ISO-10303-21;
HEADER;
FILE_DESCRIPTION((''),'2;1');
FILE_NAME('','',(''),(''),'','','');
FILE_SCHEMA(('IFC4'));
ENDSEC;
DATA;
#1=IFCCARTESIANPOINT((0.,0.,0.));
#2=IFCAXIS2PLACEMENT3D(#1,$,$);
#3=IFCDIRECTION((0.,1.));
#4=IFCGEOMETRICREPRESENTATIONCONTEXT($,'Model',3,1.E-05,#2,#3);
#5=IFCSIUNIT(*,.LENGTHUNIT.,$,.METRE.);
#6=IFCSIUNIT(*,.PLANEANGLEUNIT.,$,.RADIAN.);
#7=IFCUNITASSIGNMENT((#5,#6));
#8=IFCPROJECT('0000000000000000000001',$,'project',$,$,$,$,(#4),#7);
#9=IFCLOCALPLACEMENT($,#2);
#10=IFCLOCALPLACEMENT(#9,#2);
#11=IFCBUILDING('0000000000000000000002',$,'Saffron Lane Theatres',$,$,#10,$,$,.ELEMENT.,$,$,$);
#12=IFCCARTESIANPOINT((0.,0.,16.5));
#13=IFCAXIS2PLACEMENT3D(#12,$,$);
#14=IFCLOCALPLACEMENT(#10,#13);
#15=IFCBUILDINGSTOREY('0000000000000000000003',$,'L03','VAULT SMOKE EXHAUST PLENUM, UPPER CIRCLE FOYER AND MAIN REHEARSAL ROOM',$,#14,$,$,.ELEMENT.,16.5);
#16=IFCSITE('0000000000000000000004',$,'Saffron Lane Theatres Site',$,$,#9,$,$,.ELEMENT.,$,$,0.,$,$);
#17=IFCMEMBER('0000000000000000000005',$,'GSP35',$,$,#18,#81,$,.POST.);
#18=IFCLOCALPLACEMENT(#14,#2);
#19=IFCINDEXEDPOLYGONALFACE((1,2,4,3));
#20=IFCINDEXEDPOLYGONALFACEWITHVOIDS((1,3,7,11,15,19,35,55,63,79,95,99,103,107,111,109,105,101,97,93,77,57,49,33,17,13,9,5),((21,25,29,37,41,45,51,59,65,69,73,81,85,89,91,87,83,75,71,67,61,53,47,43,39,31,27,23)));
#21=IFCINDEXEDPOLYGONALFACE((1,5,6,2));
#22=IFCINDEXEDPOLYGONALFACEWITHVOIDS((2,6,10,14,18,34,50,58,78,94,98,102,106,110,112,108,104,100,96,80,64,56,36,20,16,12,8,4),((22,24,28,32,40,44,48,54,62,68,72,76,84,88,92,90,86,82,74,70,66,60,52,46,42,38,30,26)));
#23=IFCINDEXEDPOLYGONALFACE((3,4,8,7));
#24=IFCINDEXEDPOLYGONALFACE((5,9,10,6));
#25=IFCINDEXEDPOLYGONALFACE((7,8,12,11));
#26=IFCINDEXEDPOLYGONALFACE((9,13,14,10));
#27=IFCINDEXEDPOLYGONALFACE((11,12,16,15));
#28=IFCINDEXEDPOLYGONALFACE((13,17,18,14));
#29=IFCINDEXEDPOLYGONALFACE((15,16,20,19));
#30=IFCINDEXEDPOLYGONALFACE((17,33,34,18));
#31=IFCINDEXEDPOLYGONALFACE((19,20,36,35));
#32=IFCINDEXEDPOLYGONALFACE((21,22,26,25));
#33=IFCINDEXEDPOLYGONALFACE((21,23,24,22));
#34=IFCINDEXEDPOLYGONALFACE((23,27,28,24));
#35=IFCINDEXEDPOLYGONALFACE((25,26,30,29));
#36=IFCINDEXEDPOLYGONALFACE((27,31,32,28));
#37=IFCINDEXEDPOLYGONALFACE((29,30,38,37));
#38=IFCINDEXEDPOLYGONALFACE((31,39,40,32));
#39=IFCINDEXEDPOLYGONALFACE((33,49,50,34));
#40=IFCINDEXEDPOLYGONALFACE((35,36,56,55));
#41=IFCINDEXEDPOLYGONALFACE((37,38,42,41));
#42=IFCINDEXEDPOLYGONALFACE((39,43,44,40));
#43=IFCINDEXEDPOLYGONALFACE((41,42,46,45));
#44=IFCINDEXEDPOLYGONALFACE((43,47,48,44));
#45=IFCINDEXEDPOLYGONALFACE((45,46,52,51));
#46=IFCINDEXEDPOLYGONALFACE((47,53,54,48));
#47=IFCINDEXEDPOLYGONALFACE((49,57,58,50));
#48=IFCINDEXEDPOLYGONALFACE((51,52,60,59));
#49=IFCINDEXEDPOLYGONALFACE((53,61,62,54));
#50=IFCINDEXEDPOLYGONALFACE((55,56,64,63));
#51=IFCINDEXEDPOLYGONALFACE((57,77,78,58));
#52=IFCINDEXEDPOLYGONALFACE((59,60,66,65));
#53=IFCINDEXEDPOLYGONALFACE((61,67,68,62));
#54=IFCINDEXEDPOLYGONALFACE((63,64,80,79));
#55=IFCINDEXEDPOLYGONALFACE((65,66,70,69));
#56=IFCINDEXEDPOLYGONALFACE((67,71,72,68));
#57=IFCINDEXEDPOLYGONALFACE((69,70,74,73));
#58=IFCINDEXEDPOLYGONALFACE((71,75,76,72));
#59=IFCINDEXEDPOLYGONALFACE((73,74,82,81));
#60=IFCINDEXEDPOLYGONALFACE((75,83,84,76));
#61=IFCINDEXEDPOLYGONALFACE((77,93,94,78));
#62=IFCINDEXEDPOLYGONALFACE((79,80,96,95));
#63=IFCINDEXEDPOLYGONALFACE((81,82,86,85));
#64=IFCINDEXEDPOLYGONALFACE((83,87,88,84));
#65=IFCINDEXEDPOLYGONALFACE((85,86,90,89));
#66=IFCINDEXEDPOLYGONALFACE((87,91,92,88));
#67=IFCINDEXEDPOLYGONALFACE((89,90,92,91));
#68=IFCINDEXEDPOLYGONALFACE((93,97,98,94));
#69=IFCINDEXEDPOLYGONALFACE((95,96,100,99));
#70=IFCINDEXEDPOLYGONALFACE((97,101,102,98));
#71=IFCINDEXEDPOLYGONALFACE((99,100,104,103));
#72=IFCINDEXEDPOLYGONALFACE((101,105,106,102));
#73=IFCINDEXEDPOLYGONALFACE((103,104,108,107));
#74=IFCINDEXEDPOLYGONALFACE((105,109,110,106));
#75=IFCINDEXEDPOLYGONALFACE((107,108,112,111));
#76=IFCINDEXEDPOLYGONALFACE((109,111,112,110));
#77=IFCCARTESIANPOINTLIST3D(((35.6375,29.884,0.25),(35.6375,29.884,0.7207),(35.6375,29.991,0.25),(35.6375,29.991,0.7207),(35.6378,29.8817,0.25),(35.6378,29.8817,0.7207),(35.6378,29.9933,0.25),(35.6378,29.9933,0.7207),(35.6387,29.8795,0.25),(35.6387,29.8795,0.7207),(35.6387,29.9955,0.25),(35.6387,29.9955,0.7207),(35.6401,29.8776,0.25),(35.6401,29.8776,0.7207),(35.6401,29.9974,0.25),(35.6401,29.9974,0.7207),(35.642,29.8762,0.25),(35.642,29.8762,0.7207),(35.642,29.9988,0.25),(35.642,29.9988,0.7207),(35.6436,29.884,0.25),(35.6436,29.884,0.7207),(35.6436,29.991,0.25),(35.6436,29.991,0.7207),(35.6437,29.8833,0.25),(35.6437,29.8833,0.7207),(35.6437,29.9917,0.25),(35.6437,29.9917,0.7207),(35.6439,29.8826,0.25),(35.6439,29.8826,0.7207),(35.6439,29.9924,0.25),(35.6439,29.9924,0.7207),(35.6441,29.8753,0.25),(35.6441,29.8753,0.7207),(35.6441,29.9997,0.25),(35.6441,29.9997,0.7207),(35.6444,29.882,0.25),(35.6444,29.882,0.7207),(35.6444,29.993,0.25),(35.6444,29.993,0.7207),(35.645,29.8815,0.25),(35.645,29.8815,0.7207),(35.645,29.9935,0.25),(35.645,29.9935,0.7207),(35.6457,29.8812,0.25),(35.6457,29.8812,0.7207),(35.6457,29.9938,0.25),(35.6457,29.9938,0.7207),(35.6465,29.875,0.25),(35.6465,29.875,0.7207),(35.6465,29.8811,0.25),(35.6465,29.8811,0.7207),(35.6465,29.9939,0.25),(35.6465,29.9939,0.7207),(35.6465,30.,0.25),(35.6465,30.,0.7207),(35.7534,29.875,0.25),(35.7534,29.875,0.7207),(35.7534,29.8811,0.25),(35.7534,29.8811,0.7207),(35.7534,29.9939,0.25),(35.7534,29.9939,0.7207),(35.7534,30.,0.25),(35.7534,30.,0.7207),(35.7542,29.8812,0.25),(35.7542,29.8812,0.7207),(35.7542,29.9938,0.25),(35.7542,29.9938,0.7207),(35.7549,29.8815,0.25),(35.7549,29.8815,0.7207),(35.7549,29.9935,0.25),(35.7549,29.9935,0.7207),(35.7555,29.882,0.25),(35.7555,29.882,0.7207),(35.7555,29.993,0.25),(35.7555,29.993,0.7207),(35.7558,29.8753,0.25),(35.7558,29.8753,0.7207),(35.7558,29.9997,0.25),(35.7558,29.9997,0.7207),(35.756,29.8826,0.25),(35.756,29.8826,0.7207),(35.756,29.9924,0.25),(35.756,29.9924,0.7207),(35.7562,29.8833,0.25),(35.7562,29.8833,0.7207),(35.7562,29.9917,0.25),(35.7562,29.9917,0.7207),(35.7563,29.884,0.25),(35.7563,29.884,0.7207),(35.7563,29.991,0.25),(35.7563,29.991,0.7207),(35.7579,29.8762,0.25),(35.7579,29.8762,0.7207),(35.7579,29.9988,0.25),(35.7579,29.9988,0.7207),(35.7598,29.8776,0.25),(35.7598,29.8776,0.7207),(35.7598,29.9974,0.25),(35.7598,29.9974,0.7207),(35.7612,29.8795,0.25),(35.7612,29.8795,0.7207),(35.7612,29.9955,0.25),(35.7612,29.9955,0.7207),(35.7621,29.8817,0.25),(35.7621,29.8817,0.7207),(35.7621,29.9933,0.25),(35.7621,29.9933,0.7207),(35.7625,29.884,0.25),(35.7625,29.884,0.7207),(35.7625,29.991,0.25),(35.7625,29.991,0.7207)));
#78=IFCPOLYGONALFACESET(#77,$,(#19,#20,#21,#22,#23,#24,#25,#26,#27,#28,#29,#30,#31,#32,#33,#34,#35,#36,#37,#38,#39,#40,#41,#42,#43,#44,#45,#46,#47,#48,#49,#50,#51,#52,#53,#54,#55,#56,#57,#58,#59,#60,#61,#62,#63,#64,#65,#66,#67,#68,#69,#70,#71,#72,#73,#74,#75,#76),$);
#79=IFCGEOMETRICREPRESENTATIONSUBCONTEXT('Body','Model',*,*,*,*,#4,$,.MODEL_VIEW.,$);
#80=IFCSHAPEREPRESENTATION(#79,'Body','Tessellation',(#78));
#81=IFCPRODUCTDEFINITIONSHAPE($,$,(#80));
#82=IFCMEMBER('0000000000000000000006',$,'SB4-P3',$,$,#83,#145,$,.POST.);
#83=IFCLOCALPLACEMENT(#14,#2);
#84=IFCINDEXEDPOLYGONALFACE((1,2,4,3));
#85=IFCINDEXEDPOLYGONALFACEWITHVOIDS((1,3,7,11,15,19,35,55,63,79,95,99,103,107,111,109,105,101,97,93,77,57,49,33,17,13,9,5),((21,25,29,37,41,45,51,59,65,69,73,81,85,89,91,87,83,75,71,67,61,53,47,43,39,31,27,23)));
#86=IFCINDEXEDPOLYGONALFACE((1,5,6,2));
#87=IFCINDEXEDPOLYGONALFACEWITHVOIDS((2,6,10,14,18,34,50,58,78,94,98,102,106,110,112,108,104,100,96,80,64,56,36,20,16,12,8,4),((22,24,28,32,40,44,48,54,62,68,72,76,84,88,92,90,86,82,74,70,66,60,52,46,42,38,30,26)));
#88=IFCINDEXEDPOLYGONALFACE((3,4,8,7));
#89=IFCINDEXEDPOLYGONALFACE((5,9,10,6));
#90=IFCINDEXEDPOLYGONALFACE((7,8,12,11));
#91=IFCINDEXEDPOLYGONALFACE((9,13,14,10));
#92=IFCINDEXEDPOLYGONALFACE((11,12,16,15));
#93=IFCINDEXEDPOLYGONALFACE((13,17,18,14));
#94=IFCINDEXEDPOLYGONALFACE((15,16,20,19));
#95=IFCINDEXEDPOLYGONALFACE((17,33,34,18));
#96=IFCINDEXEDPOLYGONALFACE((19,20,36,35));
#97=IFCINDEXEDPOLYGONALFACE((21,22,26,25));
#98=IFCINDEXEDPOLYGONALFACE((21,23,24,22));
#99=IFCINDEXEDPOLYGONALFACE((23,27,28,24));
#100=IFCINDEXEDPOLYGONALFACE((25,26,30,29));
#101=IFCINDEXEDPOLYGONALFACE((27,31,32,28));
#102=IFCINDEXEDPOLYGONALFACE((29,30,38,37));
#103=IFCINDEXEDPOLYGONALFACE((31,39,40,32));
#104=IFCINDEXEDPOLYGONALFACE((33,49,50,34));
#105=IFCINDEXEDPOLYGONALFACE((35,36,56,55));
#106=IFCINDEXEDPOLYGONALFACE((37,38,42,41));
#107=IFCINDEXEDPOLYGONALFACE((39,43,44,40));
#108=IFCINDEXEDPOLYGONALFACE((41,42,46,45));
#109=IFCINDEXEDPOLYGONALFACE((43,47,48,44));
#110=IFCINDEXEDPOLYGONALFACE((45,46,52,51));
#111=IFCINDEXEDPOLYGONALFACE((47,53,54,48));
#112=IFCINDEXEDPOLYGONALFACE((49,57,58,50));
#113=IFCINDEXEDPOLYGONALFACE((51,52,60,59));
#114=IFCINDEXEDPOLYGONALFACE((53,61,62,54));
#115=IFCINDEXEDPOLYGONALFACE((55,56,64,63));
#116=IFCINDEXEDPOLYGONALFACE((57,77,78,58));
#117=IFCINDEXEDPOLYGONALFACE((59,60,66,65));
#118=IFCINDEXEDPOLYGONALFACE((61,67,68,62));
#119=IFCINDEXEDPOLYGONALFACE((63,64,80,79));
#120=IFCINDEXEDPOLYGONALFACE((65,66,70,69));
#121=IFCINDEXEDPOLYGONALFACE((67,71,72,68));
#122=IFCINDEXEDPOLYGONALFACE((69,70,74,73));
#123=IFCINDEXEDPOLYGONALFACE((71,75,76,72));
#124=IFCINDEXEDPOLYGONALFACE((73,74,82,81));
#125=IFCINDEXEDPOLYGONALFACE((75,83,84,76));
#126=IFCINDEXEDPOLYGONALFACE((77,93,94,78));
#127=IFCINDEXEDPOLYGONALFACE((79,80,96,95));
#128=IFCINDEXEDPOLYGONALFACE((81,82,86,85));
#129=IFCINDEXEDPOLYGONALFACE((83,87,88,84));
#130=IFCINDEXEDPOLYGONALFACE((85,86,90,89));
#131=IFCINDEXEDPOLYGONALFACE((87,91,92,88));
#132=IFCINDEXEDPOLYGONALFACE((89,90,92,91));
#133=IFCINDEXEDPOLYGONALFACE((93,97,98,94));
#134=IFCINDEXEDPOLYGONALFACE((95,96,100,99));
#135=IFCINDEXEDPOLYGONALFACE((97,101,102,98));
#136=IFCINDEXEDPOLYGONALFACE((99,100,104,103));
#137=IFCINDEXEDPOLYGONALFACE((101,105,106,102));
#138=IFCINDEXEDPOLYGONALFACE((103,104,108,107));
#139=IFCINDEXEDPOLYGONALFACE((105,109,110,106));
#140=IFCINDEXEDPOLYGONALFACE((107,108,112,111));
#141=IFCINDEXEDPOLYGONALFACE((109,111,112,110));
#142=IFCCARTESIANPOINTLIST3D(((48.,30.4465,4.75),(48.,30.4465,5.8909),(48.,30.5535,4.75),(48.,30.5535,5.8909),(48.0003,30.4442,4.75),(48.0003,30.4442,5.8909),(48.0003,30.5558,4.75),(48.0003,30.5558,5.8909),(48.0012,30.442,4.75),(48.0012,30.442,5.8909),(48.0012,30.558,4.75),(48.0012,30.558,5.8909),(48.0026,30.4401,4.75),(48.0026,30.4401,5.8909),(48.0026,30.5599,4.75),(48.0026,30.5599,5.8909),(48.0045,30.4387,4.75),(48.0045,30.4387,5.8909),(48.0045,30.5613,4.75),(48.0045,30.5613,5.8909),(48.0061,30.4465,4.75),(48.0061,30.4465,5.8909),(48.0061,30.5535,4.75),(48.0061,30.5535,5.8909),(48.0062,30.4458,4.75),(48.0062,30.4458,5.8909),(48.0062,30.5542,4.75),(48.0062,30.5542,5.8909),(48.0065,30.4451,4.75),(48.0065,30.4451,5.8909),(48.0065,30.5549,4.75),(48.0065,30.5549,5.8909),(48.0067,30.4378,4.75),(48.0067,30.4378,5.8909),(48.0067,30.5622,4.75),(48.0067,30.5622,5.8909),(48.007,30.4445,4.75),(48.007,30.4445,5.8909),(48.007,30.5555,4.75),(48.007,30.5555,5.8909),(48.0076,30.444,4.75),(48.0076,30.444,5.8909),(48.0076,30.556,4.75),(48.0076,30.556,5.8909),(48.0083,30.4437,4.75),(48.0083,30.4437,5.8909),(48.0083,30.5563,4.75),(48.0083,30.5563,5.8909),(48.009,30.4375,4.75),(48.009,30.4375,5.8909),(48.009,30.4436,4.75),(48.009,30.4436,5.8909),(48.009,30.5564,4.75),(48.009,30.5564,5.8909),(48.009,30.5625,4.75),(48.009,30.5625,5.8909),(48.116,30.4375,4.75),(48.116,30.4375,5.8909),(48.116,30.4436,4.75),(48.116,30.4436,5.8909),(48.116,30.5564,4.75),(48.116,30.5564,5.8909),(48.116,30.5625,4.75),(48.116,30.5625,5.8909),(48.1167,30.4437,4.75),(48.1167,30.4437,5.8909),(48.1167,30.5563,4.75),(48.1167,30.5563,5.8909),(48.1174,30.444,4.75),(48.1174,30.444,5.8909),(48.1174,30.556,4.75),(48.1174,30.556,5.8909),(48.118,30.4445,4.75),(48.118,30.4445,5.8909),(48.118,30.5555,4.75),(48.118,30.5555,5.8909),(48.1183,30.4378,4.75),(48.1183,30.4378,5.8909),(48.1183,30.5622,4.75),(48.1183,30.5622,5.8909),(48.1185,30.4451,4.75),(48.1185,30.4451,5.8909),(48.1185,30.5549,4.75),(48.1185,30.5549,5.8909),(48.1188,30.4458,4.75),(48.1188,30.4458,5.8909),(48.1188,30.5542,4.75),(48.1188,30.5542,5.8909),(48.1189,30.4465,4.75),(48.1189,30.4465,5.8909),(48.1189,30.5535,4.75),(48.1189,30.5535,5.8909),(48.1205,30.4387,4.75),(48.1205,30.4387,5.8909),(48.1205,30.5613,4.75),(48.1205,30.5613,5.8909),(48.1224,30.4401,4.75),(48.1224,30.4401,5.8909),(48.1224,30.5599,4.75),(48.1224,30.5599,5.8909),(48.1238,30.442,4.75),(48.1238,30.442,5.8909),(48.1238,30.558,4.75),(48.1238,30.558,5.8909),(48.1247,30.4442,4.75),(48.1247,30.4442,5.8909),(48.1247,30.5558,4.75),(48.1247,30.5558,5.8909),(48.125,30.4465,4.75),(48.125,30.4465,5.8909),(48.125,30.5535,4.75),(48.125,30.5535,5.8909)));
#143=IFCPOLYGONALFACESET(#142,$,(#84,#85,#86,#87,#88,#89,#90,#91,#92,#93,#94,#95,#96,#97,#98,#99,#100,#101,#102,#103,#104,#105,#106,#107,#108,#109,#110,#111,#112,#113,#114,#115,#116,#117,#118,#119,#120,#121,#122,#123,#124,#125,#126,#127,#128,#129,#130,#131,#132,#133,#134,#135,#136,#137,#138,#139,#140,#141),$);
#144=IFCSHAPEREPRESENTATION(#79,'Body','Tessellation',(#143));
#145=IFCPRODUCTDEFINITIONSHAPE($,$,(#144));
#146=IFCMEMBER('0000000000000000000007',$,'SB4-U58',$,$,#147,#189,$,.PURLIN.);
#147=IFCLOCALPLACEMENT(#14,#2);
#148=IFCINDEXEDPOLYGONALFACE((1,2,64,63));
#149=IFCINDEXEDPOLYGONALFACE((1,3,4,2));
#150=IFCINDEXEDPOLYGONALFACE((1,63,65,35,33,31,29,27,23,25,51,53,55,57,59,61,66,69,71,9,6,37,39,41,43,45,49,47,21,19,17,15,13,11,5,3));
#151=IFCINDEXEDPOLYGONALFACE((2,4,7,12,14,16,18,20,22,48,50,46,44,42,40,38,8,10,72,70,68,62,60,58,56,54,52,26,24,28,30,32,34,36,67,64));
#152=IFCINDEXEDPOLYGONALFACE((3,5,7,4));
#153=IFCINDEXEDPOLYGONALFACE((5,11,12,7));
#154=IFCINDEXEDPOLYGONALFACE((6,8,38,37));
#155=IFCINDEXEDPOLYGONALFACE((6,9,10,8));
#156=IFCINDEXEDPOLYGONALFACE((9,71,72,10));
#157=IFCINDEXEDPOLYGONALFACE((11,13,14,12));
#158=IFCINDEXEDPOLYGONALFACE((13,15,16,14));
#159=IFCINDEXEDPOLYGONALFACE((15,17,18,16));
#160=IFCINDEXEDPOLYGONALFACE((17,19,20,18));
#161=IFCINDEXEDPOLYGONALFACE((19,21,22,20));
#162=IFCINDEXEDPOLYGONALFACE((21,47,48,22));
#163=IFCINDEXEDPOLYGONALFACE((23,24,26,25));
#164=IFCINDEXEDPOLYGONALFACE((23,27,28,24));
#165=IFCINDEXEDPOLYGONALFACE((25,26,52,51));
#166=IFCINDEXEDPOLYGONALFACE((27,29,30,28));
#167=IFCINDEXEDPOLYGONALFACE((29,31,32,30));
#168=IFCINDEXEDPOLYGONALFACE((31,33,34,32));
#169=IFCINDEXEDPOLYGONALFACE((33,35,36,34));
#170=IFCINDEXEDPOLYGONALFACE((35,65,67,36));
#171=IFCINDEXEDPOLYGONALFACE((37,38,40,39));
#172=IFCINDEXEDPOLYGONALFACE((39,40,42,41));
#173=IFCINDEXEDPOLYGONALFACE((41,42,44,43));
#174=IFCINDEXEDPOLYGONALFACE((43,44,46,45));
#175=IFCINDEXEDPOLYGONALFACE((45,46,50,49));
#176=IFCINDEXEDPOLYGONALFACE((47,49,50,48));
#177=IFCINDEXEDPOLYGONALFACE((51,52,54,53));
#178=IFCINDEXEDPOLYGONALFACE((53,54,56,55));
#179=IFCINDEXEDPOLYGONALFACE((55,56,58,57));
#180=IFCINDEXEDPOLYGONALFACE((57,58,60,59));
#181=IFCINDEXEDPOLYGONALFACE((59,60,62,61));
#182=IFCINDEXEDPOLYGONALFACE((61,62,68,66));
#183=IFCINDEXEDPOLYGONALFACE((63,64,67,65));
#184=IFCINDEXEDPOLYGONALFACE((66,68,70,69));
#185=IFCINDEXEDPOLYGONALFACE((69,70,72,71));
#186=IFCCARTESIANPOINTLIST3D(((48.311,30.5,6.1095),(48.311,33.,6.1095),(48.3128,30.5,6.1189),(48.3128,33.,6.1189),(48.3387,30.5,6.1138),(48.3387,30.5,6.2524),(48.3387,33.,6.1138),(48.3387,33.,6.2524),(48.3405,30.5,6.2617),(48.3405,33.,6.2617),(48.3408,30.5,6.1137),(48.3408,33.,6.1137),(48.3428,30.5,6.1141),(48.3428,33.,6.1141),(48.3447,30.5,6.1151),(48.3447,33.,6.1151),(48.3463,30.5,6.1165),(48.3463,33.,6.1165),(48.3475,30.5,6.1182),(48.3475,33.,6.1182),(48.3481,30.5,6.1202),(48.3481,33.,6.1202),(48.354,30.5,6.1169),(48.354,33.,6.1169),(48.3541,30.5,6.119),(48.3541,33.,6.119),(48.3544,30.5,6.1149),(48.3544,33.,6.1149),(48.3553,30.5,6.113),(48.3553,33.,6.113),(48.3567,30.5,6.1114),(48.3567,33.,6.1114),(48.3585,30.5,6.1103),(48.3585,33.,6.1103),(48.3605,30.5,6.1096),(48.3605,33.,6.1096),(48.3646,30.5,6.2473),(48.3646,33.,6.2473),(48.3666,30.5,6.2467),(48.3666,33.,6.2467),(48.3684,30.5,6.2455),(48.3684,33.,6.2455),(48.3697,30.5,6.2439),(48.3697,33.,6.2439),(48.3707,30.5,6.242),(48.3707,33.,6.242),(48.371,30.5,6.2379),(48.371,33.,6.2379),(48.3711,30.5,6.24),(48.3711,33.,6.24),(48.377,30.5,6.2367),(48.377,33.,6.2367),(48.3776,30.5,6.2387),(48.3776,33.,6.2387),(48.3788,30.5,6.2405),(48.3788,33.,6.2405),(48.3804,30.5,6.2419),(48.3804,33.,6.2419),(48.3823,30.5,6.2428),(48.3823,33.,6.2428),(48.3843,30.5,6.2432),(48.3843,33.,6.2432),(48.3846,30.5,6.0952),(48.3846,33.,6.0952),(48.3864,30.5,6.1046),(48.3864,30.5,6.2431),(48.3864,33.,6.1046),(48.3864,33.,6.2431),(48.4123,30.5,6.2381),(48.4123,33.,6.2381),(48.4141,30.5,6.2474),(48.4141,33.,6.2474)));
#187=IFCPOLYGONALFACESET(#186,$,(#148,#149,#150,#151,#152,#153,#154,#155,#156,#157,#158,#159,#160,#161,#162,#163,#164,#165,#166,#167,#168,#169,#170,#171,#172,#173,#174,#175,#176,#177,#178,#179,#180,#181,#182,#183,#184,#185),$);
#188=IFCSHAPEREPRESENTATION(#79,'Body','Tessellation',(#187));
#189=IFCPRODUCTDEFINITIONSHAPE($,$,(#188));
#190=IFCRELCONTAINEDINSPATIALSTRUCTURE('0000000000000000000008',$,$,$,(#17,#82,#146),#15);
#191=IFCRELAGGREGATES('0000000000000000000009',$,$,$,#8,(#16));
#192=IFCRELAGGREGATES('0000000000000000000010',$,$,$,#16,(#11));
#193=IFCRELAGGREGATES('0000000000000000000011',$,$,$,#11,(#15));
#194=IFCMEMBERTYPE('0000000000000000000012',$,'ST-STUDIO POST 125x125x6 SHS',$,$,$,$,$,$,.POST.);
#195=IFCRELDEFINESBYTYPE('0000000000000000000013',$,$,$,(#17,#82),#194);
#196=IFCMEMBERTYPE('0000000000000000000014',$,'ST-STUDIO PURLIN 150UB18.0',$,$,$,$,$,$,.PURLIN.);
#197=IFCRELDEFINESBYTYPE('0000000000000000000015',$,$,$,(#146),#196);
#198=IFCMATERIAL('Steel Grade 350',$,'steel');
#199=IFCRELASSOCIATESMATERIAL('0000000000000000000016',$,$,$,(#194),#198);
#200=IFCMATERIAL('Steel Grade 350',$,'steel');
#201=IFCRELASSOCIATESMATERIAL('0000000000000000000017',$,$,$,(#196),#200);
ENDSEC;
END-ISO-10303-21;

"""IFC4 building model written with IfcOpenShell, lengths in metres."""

from ifc_helpers import new_model, si_unit, direction, frame, origin, origin_2d, place, context, subcontext, project, spatial, hollow_rectangle, i_section, extrude, material, material_profile, profile_set, type_object, element, save


model = new_model("IFC4")

# Units and contexts
model_context = context("Model", 3, precision=1e-05, world=origin(), true_north=direction((0.0, 1.0)))
body_context = subcontext(model_context, "Body", "Model", "MODEL_VIEW")
ifc_project = project(units=[si_unit("LENGTHUNIT", "METRE"), si_unit("PLANEANGLEUNIT", "RADIAN")], contexts=[model_context])

# Site, building, storey
site_placement = place(None, origin())
site = spatial("IfcSite", under=ifc_project, at=site_placement, Name="Saffron Lane Theatres Site", CompositionType="ELEMENT", RefElevation=0.0)
building_placement = place(site_placement, origin())
building = spatial("IfcBuilding", under=site, at=building_placement, Name="Saffron Lane Theatres", CompositionType="ELEMENT")
storey_placement = place(building_placement, frame((0.0, 0.0, 16.5)))
storey = spatial("IfcBuildingStorey", under=building, at=storey_placement, Name="L03", Description="VAULT SMOKE EXHAUST PLENUM, UPPER CIRCLE FOYER AND MAIN REHEARSAL ROOM", CompositionType="ELEMENT", Elevation=16.5)

# Members
ifc_material_1 = material(Name="Steel Grade 350", Category="steel")
ifc_material_profile_1 = material_profile(ifc_material_1, hollow_rectangle(XDim=0.125, YDim=0.125, WallThickness=0.0061, InnerFilletRadius=0.0029, OuterFilletRadius=0.009, at=origin_2d()))
ifc_profile_set_1 = profile_set([ifc_material_profile_1], Name="Steel Grade 350")
member_type_1 = type_object("IfcMemberType", Name="ST-STUDIO POST 125x125x6 SHS", PredefinedType="POST", material=ifc_profile_set_1)
member_1_placement = place(storey_placement, frame((35.7, 29.9375, 0.25), z_axis=(0.0, 0.0, 1.0), x_axis=(1.0, 0.0, 0.0)))
element("IfcMember", 1, at=member_1_placement, inside=storey, type_object=member_type_1, Name="GSP35", PredefinedType="POST", context=body_context, shape_type="SweptSolid", body=[
    extrude(hollow_rectangle(XDim=0.125, YDim=0.125, WallThickness=0.0061, InnerFilletRadius=0.0029, OuterFilletRadius=0.009, at=origin_2d()), origin(), (0.0, 0.0, 1.0), 0.4707),
])
member_2_placement = place(storey_placement, frame((48.0625, 30.5, 4.75), z_axis=(0.0, 0.0, 1.0), x_axis=(1.0, 0.0, 0.0)))
element("IfcMember", 2, at=member_2_placement, inside=storey, type_object=member_type_1, Name="SB4-P3", PredefinedType="POST", context=body_context, shape_type="SweptSolid", body=[
    extrude(hollow_rectangle(XDim=0.125, YDim=0.125, WallThickness=0.0061, InnerFilletRadius=0.0029, OuterFilletRadius=0.009, at=origin_2d()), origin(), (0.0, 0.0, 1.0), 1.1409),
])
ifc_material_2 = material(Name="Steel Grade 350", Category="steel")
ifc_material_profile_2 = material_profile(ifc_material_2, i_section(OverallWidth=0.075, OverallDepth=0.155, WebThickness=0.0061, FlangeThickness=0.0095, FilletRadius=0.0081, at=origin_2d()))
ifc_profile_set_2 = profile_set([ifc_material_profile_2], Name="Steel Grade 350")
member_type_2 = type_object("IfcMemberType", Name="ST-STUDIO PURLIN 150UB18.0", PredefinedType="PURLIN", material=ifc_profile_set_2)
member_3_placement = place(storey_placement, frame((48.3625, 30.5, 6.1785), z_axis=(0.0, 1.0, 0.0), x_axis=(-0.981661, 0.0, 0.190637)))
element("IfcMember", 3, at=member_3_placement, inside=storey, type_object=member_type_2, Name="SB4-U58", PredefinedType="PURLIN", context=body_context, shape_type="SweptSolid", body=[
    extrude(i_section(OverallWidth=0.075, OverallDepth=0.155, WebThickness=0.0061, FlangeThickness=0.0095, FilletRadius=0.0081, at=origin_2d()), origin(), (0.0, 0.0, 1.0), 2.5),
])

save(model, "model.ifc")
